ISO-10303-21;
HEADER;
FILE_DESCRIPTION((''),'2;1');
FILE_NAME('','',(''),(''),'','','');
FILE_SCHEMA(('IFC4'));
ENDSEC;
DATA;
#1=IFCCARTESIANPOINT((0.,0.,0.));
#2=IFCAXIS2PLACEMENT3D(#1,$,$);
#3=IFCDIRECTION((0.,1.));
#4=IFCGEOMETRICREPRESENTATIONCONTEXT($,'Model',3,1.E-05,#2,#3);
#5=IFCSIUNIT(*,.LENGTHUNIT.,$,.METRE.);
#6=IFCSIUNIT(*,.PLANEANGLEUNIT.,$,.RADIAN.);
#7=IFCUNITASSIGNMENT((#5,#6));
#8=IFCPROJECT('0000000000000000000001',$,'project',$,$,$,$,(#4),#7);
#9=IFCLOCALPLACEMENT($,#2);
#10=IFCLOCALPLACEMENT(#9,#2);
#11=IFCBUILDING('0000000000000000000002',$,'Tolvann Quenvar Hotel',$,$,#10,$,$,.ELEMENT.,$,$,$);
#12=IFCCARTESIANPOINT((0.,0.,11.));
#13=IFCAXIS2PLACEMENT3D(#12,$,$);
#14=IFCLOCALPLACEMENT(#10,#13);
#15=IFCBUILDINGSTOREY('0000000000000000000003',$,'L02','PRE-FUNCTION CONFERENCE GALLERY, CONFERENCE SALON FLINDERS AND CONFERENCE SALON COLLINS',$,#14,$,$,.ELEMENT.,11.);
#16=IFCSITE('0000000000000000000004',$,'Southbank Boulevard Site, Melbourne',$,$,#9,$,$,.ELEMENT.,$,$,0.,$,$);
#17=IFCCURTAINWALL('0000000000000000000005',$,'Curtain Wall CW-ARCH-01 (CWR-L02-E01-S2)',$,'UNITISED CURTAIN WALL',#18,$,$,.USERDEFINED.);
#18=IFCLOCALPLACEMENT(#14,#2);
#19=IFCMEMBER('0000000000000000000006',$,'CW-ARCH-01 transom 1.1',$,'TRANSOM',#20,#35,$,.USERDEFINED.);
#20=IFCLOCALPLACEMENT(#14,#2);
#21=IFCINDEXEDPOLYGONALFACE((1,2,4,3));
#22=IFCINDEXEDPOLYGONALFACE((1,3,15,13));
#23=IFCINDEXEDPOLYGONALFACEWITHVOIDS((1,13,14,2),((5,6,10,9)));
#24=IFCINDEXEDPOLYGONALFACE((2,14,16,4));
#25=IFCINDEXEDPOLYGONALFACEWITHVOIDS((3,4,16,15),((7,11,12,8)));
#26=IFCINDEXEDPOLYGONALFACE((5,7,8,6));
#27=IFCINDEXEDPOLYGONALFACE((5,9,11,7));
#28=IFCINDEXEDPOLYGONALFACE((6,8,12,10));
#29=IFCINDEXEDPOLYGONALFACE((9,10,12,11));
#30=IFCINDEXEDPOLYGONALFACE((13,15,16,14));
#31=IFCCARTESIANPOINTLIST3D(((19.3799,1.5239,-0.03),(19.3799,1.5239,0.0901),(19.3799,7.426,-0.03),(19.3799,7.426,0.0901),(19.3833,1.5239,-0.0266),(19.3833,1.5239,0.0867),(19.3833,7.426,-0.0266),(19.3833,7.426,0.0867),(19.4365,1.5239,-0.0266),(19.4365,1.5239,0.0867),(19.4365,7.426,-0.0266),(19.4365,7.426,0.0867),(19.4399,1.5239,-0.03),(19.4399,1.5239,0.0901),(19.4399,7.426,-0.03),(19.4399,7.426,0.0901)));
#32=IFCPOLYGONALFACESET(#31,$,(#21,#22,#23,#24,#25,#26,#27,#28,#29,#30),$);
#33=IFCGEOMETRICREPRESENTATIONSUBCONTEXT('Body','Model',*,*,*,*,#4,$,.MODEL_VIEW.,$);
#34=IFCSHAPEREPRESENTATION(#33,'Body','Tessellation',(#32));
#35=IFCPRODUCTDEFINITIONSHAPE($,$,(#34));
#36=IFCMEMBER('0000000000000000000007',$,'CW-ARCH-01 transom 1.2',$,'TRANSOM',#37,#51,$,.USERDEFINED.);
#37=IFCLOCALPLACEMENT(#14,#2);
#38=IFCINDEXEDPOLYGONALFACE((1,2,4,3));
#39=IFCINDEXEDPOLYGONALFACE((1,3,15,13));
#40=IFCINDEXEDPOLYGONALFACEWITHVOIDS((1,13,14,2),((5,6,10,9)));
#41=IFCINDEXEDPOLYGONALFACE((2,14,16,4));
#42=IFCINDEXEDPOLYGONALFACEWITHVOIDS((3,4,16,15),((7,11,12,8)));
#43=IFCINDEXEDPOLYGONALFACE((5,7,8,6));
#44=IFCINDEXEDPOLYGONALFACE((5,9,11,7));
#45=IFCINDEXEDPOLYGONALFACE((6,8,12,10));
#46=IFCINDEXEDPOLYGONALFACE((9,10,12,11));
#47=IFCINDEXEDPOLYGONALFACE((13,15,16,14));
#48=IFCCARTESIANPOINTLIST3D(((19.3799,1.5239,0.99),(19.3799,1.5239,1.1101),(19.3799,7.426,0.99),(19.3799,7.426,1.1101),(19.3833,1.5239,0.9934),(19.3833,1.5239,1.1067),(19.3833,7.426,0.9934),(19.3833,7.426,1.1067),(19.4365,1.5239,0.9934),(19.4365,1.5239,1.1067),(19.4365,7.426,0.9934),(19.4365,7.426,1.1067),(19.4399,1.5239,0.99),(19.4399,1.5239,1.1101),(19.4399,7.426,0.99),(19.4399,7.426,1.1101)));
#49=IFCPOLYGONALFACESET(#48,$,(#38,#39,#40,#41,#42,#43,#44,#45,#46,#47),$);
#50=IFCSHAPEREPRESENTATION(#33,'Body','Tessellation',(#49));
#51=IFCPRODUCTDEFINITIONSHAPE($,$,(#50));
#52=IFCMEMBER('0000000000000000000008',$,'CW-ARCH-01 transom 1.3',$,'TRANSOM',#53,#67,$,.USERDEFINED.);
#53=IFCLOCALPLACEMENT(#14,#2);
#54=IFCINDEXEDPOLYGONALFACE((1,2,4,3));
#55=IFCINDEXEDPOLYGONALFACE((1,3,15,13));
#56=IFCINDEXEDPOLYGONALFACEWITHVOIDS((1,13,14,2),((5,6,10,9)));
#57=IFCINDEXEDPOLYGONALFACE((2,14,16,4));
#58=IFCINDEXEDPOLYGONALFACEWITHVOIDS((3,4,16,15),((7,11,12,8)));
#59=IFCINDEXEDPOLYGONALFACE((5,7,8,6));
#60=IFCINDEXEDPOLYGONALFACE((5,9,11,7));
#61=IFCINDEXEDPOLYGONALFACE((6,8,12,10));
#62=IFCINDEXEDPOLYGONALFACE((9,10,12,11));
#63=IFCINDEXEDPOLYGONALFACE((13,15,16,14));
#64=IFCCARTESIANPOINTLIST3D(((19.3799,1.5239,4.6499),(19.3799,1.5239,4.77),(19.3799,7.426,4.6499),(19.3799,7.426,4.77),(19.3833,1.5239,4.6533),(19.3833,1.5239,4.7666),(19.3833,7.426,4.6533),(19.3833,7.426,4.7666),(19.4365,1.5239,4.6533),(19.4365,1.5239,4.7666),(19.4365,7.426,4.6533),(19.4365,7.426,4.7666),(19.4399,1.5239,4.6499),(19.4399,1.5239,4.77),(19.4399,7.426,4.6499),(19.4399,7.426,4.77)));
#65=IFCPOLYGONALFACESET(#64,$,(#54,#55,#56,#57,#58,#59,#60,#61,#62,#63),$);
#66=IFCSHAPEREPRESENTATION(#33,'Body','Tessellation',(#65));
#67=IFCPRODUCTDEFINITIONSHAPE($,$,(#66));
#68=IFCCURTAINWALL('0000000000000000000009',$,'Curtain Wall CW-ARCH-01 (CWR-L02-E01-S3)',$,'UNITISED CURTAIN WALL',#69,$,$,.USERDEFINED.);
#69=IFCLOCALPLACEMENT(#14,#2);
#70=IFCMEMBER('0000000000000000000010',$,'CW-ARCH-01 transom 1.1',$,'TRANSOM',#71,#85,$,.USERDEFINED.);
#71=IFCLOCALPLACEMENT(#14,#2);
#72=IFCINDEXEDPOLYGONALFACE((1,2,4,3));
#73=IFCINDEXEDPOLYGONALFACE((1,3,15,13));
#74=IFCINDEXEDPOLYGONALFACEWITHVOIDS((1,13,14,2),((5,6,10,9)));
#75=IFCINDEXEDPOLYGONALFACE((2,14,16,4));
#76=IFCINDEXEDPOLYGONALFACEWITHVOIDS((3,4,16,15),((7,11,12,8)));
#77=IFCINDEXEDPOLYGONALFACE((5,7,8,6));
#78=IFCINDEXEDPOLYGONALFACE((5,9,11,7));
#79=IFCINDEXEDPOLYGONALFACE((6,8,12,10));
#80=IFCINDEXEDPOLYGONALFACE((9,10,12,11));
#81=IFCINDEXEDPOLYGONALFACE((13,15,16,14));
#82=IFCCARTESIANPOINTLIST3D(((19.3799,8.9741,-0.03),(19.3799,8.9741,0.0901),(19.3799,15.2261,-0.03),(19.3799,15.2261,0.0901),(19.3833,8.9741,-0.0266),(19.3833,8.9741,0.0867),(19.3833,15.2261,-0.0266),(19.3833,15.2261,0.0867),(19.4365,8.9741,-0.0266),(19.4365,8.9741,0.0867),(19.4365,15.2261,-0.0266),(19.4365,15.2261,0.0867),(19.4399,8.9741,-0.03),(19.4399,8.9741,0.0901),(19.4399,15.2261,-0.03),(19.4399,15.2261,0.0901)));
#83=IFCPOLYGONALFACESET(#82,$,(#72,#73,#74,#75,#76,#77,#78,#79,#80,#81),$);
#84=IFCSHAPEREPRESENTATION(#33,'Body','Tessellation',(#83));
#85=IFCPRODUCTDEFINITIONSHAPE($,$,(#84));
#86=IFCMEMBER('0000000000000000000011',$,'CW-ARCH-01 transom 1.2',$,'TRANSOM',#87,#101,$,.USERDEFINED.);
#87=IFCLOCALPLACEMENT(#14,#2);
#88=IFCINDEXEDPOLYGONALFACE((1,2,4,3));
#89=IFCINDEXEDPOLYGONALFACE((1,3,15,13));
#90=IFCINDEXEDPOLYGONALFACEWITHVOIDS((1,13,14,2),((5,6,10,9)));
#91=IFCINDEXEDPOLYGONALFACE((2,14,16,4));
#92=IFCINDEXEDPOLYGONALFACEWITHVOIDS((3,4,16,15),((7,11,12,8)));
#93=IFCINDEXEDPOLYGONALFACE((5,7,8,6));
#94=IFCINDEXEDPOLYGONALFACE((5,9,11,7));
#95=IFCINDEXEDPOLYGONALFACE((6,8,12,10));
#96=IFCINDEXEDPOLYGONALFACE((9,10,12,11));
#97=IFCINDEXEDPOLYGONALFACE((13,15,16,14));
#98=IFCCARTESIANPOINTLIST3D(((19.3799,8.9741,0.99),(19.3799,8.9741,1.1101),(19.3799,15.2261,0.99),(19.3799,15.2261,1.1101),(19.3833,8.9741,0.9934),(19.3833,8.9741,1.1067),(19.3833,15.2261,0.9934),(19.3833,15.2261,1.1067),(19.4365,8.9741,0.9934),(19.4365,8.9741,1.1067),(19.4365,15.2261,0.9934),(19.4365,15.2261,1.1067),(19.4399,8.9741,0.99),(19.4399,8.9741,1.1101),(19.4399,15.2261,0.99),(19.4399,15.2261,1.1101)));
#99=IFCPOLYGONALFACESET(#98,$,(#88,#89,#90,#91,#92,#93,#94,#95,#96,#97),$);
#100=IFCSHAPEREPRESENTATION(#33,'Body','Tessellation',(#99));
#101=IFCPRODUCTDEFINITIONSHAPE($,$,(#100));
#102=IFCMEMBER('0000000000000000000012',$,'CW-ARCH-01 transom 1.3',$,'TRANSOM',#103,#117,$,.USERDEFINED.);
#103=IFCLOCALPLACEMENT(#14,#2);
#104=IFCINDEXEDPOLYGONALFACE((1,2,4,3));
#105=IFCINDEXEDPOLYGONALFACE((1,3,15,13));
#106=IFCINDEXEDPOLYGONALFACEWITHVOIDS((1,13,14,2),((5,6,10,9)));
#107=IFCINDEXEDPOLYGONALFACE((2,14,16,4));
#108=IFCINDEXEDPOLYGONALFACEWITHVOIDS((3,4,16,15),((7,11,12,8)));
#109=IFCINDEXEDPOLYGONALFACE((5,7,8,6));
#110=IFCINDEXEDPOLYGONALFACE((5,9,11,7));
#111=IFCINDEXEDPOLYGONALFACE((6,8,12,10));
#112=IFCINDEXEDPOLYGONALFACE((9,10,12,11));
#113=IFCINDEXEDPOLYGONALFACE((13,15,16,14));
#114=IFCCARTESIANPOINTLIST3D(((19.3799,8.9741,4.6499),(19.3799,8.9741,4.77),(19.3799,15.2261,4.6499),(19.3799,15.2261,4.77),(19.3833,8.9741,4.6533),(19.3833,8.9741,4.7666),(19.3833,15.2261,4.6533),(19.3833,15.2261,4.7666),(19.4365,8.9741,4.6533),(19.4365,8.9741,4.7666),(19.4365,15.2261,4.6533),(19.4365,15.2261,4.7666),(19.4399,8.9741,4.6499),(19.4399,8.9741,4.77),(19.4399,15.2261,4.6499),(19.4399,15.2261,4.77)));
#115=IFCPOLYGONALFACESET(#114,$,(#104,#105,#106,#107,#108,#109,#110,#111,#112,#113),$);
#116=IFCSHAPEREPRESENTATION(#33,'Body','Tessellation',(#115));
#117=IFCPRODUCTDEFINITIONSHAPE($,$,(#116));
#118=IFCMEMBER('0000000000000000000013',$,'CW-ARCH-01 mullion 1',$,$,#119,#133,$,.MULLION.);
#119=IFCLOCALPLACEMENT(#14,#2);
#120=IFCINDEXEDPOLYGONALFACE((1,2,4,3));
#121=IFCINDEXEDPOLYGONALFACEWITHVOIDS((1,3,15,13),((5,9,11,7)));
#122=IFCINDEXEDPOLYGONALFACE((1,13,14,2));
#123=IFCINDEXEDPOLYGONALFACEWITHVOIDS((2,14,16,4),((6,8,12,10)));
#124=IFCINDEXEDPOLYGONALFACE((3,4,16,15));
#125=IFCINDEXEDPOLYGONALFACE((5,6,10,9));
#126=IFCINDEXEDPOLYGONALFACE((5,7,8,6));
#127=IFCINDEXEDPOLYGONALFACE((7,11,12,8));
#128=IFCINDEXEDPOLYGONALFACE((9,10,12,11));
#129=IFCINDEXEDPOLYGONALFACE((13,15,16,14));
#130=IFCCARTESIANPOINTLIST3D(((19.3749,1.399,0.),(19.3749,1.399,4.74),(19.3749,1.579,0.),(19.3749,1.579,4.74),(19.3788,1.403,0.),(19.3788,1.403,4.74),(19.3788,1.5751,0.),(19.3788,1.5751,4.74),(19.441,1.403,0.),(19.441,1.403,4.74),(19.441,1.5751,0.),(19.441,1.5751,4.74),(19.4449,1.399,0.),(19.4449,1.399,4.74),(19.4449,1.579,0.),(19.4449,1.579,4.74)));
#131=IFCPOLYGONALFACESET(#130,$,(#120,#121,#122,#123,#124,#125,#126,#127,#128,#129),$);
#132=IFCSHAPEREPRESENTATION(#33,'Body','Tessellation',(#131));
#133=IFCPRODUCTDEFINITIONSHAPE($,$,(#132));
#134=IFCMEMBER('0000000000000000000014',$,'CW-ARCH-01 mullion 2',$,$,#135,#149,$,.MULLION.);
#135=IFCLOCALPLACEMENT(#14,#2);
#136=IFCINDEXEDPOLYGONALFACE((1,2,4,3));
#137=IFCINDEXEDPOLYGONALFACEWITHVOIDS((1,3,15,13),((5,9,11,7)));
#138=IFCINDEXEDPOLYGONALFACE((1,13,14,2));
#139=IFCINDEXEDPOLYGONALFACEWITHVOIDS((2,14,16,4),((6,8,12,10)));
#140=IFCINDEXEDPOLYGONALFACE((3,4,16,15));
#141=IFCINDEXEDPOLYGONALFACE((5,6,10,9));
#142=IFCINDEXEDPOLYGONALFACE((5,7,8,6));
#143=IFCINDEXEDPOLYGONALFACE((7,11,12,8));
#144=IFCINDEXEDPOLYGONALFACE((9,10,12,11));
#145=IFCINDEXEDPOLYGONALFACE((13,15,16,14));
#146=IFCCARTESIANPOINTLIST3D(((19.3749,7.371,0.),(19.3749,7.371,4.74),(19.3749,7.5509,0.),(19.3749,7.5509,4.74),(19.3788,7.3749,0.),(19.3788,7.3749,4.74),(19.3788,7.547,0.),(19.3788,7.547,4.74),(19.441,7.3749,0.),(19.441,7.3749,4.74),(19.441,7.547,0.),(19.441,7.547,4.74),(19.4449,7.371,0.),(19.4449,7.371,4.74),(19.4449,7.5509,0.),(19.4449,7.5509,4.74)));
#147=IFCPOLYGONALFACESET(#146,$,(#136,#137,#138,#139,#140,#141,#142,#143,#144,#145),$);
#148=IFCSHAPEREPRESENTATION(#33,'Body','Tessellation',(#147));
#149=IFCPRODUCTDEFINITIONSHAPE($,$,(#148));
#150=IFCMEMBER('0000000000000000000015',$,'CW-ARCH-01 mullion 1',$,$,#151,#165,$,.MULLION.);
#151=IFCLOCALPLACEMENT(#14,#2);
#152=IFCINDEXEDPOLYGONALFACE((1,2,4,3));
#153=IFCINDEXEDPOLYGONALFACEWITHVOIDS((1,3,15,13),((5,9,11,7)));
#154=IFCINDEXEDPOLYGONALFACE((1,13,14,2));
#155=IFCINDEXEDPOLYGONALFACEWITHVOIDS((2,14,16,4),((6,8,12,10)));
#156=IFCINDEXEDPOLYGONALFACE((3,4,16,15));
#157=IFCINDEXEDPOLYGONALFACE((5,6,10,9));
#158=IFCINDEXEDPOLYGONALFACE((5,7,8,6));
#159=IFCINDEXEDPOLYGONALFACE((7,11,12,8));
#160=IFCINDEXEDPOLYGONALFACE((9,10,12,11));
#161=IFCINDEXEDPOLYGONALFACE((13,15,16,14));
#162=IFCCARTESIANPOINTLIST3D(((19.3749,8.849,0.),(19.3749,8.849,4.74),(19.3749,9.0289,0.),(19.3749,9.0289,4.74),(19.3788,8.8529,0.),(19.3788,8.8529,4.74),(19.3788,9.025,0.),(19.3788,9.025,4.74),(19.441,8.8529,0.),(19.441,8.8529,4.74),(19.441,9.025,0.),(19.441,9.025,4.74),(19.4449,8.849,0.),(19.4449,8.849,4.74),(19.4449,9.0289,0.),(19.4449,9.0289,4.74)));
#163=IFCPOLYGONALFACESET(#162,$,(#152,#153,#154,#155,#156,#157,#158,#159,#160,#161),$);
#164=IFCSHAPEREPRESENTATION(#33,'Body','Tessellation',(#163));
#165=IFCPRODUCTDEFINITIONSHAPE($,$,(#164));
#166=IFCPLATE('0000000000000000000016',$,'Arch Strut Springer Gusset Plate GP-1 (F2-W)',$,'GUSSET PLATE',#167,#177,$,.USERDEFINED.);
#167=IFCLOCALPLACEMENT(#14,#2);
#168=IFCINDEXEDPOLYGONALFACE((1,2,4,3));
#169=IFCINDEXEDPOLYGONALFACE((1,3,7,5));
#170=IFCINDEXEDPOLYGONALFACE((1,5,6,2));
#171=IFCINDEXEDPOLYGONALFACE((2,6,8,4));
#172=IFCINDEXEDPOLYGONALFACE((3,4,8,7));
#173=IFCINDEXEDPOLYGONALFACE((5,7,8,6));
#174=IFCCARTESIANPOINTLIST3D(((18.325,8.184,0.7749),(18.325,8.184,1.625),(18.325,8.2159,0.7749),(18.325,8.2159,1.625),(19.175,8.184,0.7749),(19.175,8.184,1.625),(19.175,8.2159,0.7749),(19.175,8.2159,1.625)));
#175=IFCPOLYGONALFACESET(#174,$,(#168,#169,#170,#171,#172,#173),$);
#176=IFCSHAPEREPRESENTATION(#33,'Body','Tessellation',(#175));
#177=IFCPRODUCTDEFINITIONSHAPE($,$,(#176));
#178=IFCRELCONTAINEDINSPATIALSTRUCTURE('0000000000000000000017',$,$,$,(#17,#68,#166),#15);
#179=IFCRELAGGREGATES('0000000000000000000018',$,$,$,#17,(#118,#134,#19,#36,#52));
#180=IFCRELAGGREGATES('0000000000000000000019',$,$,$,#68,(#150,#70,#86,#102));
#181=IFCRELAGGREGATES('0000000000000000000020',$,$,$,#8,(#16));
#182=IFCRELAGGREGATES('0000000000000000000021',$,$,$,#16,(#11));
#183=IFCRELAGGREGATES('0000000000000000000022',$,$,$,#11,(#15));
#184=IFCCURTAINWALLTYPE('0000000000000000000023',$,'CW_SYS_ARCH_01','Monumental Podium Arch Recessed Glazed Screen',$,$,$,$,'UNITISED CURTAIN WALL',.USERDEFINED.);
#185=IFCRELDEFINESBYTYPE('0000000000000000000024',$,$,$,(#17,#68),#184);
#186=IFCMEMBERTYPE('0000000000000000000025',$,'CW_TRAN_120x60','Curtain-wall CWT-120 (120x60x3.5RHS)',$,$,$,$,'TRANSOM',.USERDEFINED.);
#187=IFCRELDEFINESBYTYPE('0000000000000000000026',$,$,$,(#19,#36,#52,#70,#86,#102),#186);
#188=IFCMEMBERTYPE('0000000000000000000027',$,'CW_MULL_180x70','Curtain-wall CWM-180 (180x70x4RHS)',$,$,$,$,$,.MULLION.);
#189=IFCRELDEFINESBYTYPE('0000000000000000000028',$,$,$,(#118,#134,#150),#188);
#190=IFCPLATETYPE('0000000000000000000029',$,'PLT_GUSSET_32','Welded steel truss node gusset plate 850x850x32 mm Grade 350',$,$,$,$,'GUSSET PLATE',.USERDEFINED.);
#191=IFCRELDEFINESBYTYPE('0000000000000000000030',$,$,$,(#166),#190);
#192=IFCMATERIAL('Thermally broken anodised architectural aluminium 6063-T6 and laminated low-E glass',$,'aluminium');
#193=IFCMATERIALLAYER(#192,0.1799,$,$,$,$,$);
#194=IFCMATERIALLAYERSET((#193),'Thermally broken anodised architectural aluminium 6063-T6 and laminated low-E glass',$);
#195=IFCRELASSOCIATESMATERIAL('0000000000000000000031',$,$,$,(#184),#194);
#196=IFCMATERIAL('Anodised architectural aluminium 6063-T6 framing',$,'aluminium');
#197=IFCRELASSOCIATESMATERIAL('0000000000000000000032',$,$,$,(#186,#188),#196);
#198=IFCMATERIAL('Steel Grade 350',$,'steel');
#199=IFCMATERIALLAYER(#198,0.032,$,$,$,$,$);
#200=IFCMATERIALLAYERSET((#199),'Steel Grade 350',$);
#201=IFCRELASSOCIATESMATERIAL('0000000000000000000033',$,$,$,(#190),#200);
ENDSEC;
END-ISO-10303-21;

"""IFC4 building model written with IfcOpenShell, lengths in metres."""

from ifc_helpers import new_model, si_unit, direction, frame, origin, origin_2d, place, context, subcontext, project, spatial, rectangle, hollow_rectangle, extrude, source, transform, mapped, material, layer, layer_set, material_profile, profile_set, type_object, type_shapes, element, aggregate, save


model = new_model("IFC4")

# Units and contexts
model_context = context("Model", 3, precision=1e-05, world=origin(), true_north=direction((0.0, 1.0)))
body_context = subcontext(model_context, "Body", "Model", "MODEL_VIEW")
ifc_project = project(units=[si_unit("LENGTHUNIT", "METRE"), si_unit("PLANEANGLEUNIT", "RADIAN")], contexts=[model_context])

# Site, building, storey
site_placement = place(None, origin())
site = spatial("IfcSite", under=ifc_project, at=site_placement, Name="Southbank Boulevard Site, Melbourne", CompositionType="ELEMENT", RefElevation=0.0)
building_placement = place(site_placement, origin())
building = spatial("IfcBuilding", under=site, at=building_placement, Name="Tolvann Quenvar Hotel", CompositionType="ELEMENT")
storey_placement = place(building_placement, frame((0.0, 0.0, 11.0)))
storey = spatial("IfcBuildingStorey", under=building, at=storey_placement, Name="L02", Description="PRE-FUNCTION CONFERENCE GALLERY, CONFERENCE SALON FLINDERS AND CONFERENCE SALON COLLINS", CompositionType="ELEMENT", Elevation=11.0)

# Shared definitions
ifc_material_1 = material(Name="Steel Grade 350", Category="steel")

# Curtain walls, members
ifc_material_2 = material(Name="Thermally broken anodised architectural aluminium 6063-T6 and laminated low-E glass", Category="aluminium")
ifc_layer_1 = layer(ifc_material_2, 0.1799)
ifc_layer_set_1 = layer_set([ifc_layer_1], Name="Thermally broken anodised architectural aluminium 6063-T6 and laminated low-E glass")
curtain_wall_type = type_object("IfcCurtainWallType", Name="CW_SYS_ARCH_01", Description="Monumental Podium Arch Recessed Glazed Screen", ElementType="UNITISED CURTAIN WALL", PredefinedType="USERDEFINED", material=ifc_layer_set_1)
curtain_wall_1_placement = place(storey_placement, origin())
curtain_wall_1 = element("IfcCurtainWall", 1, at=curtain_wall_1_placement, inside=storey, type_object=curtain_wall_type, Name="Curtain Wall CW-ARCH-01 (CWR-L02-E01-S2)", ObjectType="UNITISED CURTAIN WALL", PredefinedType="USERDEFINED")
ifc_material_3 = material(Name="Anodised architectural aluminium 6063-T6 framing", Category="aluminium")
ifc_material_profile_1 = material_profile(ifc_material_3, hollow_rectangle(XDim=0.0601, YDim=0.1201, WallThickness=0.0034, at=origin_2d()), Name="120x60x3.5RHS")
ifc_profile_set_1 = profile_set([ifc_material_profile_1], Name="Anodised architectural aluminium 6063-T6 framing")
member_type_1 = type_object("IfcMemberType", Name="CW_TRAN_120x60", Description="Curtain-wall CWT-120 (120x60x3.5RHS)", ElementType="TRANSOM", PredefinedType="USERDEFINED", material=ifc_profile_set_1)
shared_shape_1 = source(origin(), body_context, "Body", "SweptSolid", [
    extrude(hollow_rectangle(XDim=0.0601, YDim=0.1201, WallThickness=0.0034, at=origin_2d()), origin(), (0.0, 0.0, 1.0), 5.9021),
])
member_1_placement = place(storey_placement, frame((19.4099, 1.5239, 0.03), z_axis=(0.0, 1.0, 0.0), x_axis=(-1.0, 0.0, 0.0)))
member_1 = element("IfcMember", 2, at=member_1_placement, type_object=member_type_1, Name="CW-ARCH-01 transom 1.1", ObjectType="TRANSOM", PredefinedType="USERDEFINED", context=body_context, shape_type="MappedRepresentation", body=[
    mapped(shared_shape_1, transform((0.0, 0.0, 0.0), x_axis=(1.0, 0.0, 0.0), y_axis=(0.0, 1.0, 0.0), z_axis=(0.0, 0.0, 1.0), scale=1.0)),
])
member_2_placement = place(storey_placement, frame((19.4099, 1.5239, 1.05), z_axis=(0.0, 1.0, 0.0), x_axis=(-1.0, 0.0, 0.0)))
member_2 = element("IfcMember", 3, at=member_2_placement, type_object=member_type_1, Name="CW-ARCH-01 transom 1.2", ObjectType="TRANSOM", PredefinedType="USERDEFINED", context=body_context, shape_type="MappedRepresentation", body=[
    mapped(shared_shape_1, transform((0.0, 0.0, 0.0), x_axis=(1.0, 0.0, 0.0), y_axis=(0.0, 1.0, 0.0), z_axis=(0.0, 0.0, 1.0), scale=1.0)),
])
member_3_placement = place(storey_placement, frame((19.4099, 1.5239, 4.71), z_axis=(0.0, 1.0, 0.0), x_axis=(-1.0, 0.0, 0.0)))
member_3 = element("IfcMember", 4, at=member_3_placement, type_object=member_type_1, Name="CW-ARCH-01 transom 1.3", ObjectType="TRANSOM", PredefinedType="USERDEFINED", context=body_context, shape_type="MappedRepresentation", body=[
    mapped(shared_shape_1, transform((0.0, 0.0, 0.0), x_axis=(1.0, 0.0, 0.0), y_axis=(0.0, 1.0, 0.0), z_axis=(0.0, 0.0, 1.0), scale=1.0)),
])
curtain_wall_2_placement = place(storey_placement, origin())
curtain_wall_2 = element("IfcCurtainWall", 5, at=curtain_wall_2_placement, inside=storey, type_object=curtain_wall_type, Name="Curtain Wall CW-ARCH-01 (CWR-L02-E01-S3)", ObjectType="UNITISED CURTAIN WALL", PredefinedType="USERDEFINED")
shared_shape_2 = source(origin(), body_context, "Body", "SweptSolid", [
    extrude(hollow_rectangle(XDim=0.0601, YDim=0.1201, WallThickness=0.0034, at=origin_2d()), origin(), (0.0, 0.0, 1.0), 6.252),
])
type_shapes(member_type_1, [shared_shape_1, shared_shape_2])
member_4_placement = place(storey_placement, frame((19.4099, 8.9741, 0.03), z_axis=(0.0, 1.0, 0.0), x_axis=(-1.0, 0.0, 0.0)))
member_4 = element("IfcMember", 6, at=member_4_placement, type_object=member_type_1, Name="CW-ARCH-01 transom 1.1", ObjectType="TRANSOM", PredefinedType="USERDEFINED", context=body_context, shape_type="MappedRepresentation", body=[
    mapped(shared_shape_2, transform((0.0, 0.0, 0.0), x_axis=(1.0, 0.0, 0.0), y_axis=(0.0, 1.0, 0.0), z_axis=(0.0, 0.0, 1.0), scale=1.0)),
])
member_5_placement = place(storey_placement, frame((19.4099, 8.9741, 1.05), z_axis=(0.0, 1.0, 0.0), x_axis=(-1.0, 0.0, 0.0)))
member_5 = element("IfcMember", 7, at=member_5_placement, type_object=member_type_1, Name="CW-ARCH-01 transom 1.2", ObjectType="TRANSOM", PredefinedType="USERDEFINED", context=body_context, shape_type="MappedRepresentation", body=[
    mapped(shared_shape_2, transform((0.0, 0.0, 0.0), x_axis=(1.0, 0.0, 0.0), y_axis=(0.0, 1.0, 0.0), z_axis=(0.0, 0.0, 1.0), scale=1.0)),
])
member_6_placement = place(storey_placement, frame((19.4099, 8.9741, 4.71), z_axis=(0.0, 1.0, 0.0), x_axis=(-1.0, 0.0, 0.0)))
member_6 = element("IfcMember", 8, at=member_6_placement, type_object=member_type_1, Name="CW-ARCH-01 transom 1.3", ObjectType="TRANSOM", PredefinedType="USERDEFINED", context=body_context, shape_type="MappedRepresentation", body=[
    mapped(shared_shape_2, transform((0.0, 0.0, 0.0), x_axis=(1.0, 0.0, 0.0), y_axis=(0.0, 1.0, 0.0), z_axis=(0.0, 0.0, 1.0), scale=1.0)),
])

# Members
ifc_material_profile_2 = material_profile(ifc_material_3, hollow_rectangle(XDim=0.0701, YDim=0.1799, WallThickness=0.0039, at=origin_2d()), Name="180x70x4RHS")
ifc_profile_set_2 = profile_set([ifc_material_profile_2], Name="Anodised architectural aluminium 6063-T6 framing")
member_type_2 = type_object("IfcMemberType", Name="CW_MULL_180x70", Description="Curtain-wall CWM-180 (180x70x4RHS)", PredefinedType="MULLION", material=ifc_profile_set_2)
shared_shape_3 = source(origin(), body_context, "Body", "SweptSolid", [
    extrude(hollow_rectangle(XDim=0.0701, YDim=0.1799, WallThickness=0.0039, at=origin_2d()), origin(), (0.0, 0.0, 1.0), 4.74),
])
type_shapes(member_type_2, [shared_shape_3])
member_7_placement = place(storey_placement, frame((19.4099, 1.489, 0.0), z_axis=(0.0, 0.0, 1.0), x_axis=(-1.0, 0.0, 0.0)))
member_7 = element("IfcMember", 9, at=member_7_placement, type_object=member_type_2, Name="CW-ARCH-01 mullion 1", PredefinedType="MULLION", context=body_context, shape_type="MappedRepresentation", body=[
    mapped(shared_shape_3, transform((0.0, 0.0, 0.0), x_axis=(1.0, 0.0, 0.0), y_axis=(0.0, 1.0, 0.0), z_axis=(0.0, 0.0, 1.0), scale=1.0)),
])
member_8_placement = place(storey_placement, frame((19.4099, 7.4609, 0.0), z_axis=(0.0, 0.0, 1.0), x_axis=(-1.0, 0.0, 0.0)))
member_8 = element("IfcMember", 10, at=member_8_placement, type_object=member_type_2, Name="CW-ARCH-01 mullion 2", PredefinedType="MULLION", context=body_context, shape_type="MappedRepresentation", body=[
    mapped(shared_shape_3, transform((0.0, 0.0, 0.0), x_axis=(1.0, 0.0, 0.0), y_axis=(0.0, 1.0, 0.0), z_axis=(0.0, 0.0, 1.0), scale=1.0)),
])
member_9_placement = place(storey_placement, frame((19.4099, 8.939, 0.0), z_axis=(0.0, 0.0, 1.0), x_axis=(-1.0, 0.0, 0.0)))
member_9 = element("IfcMember", 11, at=member_9_placement, type_object=member_type_2, Name="CW-ARCH-01 mullion 1", PredefinedType="MULLION", context=body_context, shape_type="MappedRepresentation", body=[
    mapped(shared_shape_3, transform((0.0, 0.0, 0.0), x_axis=(1.0, 0.0, 0.0), y_axis=(0.0, 1.0, 0.0), z_axis=(0.0, 0.0, 1.0), scale=1.0)),
])

# Plate
ifc_layer_2 = layer(ifc_material_1, 0.032)
ifc_layer_set_2 = layer_set([ifc_layer_2], Name="Steel Grade 350")
plate_type_1 = type_object("IfcPlateType", Name="PLT_GUSSET_32", Description="Welded steel truss node gusset plate 850x850x32 mm Grade 350", ElementType="GUSSET PLATE", PredefinedType="USERDEFINED", material=ifc_layer_set_2)
shared_shape_4 = source(origin(), body_context, "Body", "SweptSolid", [
    extrude(rectangle(XDim=0.8501, YDim=0.032, at=origin_2d()), origin(), (0.0, 0.0, 1.0), 0.8501),
])
type_shapes(plate_type_1, [shared_shape_4])
plate_1_placement = place(storey_placement, frame((18.75, 8.2, 0.7749), z_axis=(0.0, 0.0, 1.0), x_axis=(1.0, 0.0, 0.0)))
element("IfcPlate", 12, at=plate_1_placement, inside=storey, type_object=plate_type_1, Name="Arch Strut Springer Gusset Plate GP-1 (F2-W)", ObjectType="GUSSET PLATE", PredefinedType="USERDEFINED", context=body_context, shape_type="MappedRepresentation", body=[
    mapped(shared_shape_4, transform((0.0, 0.0, 0.0), x_axis=(1.0, 0.0, 0.0), y_axis=(0.0, 1.0, 0.0), z_axis=(0.0, 0.0, 1.0), scale=1.0)),
])
aggregate(curtain_wall_1, [member_7, member_8, member_1, member_2, member_3])
aggregate(curtain_wall_2, [member_9, member_4, member_5, member_6])

save(model, "model.ifc")
